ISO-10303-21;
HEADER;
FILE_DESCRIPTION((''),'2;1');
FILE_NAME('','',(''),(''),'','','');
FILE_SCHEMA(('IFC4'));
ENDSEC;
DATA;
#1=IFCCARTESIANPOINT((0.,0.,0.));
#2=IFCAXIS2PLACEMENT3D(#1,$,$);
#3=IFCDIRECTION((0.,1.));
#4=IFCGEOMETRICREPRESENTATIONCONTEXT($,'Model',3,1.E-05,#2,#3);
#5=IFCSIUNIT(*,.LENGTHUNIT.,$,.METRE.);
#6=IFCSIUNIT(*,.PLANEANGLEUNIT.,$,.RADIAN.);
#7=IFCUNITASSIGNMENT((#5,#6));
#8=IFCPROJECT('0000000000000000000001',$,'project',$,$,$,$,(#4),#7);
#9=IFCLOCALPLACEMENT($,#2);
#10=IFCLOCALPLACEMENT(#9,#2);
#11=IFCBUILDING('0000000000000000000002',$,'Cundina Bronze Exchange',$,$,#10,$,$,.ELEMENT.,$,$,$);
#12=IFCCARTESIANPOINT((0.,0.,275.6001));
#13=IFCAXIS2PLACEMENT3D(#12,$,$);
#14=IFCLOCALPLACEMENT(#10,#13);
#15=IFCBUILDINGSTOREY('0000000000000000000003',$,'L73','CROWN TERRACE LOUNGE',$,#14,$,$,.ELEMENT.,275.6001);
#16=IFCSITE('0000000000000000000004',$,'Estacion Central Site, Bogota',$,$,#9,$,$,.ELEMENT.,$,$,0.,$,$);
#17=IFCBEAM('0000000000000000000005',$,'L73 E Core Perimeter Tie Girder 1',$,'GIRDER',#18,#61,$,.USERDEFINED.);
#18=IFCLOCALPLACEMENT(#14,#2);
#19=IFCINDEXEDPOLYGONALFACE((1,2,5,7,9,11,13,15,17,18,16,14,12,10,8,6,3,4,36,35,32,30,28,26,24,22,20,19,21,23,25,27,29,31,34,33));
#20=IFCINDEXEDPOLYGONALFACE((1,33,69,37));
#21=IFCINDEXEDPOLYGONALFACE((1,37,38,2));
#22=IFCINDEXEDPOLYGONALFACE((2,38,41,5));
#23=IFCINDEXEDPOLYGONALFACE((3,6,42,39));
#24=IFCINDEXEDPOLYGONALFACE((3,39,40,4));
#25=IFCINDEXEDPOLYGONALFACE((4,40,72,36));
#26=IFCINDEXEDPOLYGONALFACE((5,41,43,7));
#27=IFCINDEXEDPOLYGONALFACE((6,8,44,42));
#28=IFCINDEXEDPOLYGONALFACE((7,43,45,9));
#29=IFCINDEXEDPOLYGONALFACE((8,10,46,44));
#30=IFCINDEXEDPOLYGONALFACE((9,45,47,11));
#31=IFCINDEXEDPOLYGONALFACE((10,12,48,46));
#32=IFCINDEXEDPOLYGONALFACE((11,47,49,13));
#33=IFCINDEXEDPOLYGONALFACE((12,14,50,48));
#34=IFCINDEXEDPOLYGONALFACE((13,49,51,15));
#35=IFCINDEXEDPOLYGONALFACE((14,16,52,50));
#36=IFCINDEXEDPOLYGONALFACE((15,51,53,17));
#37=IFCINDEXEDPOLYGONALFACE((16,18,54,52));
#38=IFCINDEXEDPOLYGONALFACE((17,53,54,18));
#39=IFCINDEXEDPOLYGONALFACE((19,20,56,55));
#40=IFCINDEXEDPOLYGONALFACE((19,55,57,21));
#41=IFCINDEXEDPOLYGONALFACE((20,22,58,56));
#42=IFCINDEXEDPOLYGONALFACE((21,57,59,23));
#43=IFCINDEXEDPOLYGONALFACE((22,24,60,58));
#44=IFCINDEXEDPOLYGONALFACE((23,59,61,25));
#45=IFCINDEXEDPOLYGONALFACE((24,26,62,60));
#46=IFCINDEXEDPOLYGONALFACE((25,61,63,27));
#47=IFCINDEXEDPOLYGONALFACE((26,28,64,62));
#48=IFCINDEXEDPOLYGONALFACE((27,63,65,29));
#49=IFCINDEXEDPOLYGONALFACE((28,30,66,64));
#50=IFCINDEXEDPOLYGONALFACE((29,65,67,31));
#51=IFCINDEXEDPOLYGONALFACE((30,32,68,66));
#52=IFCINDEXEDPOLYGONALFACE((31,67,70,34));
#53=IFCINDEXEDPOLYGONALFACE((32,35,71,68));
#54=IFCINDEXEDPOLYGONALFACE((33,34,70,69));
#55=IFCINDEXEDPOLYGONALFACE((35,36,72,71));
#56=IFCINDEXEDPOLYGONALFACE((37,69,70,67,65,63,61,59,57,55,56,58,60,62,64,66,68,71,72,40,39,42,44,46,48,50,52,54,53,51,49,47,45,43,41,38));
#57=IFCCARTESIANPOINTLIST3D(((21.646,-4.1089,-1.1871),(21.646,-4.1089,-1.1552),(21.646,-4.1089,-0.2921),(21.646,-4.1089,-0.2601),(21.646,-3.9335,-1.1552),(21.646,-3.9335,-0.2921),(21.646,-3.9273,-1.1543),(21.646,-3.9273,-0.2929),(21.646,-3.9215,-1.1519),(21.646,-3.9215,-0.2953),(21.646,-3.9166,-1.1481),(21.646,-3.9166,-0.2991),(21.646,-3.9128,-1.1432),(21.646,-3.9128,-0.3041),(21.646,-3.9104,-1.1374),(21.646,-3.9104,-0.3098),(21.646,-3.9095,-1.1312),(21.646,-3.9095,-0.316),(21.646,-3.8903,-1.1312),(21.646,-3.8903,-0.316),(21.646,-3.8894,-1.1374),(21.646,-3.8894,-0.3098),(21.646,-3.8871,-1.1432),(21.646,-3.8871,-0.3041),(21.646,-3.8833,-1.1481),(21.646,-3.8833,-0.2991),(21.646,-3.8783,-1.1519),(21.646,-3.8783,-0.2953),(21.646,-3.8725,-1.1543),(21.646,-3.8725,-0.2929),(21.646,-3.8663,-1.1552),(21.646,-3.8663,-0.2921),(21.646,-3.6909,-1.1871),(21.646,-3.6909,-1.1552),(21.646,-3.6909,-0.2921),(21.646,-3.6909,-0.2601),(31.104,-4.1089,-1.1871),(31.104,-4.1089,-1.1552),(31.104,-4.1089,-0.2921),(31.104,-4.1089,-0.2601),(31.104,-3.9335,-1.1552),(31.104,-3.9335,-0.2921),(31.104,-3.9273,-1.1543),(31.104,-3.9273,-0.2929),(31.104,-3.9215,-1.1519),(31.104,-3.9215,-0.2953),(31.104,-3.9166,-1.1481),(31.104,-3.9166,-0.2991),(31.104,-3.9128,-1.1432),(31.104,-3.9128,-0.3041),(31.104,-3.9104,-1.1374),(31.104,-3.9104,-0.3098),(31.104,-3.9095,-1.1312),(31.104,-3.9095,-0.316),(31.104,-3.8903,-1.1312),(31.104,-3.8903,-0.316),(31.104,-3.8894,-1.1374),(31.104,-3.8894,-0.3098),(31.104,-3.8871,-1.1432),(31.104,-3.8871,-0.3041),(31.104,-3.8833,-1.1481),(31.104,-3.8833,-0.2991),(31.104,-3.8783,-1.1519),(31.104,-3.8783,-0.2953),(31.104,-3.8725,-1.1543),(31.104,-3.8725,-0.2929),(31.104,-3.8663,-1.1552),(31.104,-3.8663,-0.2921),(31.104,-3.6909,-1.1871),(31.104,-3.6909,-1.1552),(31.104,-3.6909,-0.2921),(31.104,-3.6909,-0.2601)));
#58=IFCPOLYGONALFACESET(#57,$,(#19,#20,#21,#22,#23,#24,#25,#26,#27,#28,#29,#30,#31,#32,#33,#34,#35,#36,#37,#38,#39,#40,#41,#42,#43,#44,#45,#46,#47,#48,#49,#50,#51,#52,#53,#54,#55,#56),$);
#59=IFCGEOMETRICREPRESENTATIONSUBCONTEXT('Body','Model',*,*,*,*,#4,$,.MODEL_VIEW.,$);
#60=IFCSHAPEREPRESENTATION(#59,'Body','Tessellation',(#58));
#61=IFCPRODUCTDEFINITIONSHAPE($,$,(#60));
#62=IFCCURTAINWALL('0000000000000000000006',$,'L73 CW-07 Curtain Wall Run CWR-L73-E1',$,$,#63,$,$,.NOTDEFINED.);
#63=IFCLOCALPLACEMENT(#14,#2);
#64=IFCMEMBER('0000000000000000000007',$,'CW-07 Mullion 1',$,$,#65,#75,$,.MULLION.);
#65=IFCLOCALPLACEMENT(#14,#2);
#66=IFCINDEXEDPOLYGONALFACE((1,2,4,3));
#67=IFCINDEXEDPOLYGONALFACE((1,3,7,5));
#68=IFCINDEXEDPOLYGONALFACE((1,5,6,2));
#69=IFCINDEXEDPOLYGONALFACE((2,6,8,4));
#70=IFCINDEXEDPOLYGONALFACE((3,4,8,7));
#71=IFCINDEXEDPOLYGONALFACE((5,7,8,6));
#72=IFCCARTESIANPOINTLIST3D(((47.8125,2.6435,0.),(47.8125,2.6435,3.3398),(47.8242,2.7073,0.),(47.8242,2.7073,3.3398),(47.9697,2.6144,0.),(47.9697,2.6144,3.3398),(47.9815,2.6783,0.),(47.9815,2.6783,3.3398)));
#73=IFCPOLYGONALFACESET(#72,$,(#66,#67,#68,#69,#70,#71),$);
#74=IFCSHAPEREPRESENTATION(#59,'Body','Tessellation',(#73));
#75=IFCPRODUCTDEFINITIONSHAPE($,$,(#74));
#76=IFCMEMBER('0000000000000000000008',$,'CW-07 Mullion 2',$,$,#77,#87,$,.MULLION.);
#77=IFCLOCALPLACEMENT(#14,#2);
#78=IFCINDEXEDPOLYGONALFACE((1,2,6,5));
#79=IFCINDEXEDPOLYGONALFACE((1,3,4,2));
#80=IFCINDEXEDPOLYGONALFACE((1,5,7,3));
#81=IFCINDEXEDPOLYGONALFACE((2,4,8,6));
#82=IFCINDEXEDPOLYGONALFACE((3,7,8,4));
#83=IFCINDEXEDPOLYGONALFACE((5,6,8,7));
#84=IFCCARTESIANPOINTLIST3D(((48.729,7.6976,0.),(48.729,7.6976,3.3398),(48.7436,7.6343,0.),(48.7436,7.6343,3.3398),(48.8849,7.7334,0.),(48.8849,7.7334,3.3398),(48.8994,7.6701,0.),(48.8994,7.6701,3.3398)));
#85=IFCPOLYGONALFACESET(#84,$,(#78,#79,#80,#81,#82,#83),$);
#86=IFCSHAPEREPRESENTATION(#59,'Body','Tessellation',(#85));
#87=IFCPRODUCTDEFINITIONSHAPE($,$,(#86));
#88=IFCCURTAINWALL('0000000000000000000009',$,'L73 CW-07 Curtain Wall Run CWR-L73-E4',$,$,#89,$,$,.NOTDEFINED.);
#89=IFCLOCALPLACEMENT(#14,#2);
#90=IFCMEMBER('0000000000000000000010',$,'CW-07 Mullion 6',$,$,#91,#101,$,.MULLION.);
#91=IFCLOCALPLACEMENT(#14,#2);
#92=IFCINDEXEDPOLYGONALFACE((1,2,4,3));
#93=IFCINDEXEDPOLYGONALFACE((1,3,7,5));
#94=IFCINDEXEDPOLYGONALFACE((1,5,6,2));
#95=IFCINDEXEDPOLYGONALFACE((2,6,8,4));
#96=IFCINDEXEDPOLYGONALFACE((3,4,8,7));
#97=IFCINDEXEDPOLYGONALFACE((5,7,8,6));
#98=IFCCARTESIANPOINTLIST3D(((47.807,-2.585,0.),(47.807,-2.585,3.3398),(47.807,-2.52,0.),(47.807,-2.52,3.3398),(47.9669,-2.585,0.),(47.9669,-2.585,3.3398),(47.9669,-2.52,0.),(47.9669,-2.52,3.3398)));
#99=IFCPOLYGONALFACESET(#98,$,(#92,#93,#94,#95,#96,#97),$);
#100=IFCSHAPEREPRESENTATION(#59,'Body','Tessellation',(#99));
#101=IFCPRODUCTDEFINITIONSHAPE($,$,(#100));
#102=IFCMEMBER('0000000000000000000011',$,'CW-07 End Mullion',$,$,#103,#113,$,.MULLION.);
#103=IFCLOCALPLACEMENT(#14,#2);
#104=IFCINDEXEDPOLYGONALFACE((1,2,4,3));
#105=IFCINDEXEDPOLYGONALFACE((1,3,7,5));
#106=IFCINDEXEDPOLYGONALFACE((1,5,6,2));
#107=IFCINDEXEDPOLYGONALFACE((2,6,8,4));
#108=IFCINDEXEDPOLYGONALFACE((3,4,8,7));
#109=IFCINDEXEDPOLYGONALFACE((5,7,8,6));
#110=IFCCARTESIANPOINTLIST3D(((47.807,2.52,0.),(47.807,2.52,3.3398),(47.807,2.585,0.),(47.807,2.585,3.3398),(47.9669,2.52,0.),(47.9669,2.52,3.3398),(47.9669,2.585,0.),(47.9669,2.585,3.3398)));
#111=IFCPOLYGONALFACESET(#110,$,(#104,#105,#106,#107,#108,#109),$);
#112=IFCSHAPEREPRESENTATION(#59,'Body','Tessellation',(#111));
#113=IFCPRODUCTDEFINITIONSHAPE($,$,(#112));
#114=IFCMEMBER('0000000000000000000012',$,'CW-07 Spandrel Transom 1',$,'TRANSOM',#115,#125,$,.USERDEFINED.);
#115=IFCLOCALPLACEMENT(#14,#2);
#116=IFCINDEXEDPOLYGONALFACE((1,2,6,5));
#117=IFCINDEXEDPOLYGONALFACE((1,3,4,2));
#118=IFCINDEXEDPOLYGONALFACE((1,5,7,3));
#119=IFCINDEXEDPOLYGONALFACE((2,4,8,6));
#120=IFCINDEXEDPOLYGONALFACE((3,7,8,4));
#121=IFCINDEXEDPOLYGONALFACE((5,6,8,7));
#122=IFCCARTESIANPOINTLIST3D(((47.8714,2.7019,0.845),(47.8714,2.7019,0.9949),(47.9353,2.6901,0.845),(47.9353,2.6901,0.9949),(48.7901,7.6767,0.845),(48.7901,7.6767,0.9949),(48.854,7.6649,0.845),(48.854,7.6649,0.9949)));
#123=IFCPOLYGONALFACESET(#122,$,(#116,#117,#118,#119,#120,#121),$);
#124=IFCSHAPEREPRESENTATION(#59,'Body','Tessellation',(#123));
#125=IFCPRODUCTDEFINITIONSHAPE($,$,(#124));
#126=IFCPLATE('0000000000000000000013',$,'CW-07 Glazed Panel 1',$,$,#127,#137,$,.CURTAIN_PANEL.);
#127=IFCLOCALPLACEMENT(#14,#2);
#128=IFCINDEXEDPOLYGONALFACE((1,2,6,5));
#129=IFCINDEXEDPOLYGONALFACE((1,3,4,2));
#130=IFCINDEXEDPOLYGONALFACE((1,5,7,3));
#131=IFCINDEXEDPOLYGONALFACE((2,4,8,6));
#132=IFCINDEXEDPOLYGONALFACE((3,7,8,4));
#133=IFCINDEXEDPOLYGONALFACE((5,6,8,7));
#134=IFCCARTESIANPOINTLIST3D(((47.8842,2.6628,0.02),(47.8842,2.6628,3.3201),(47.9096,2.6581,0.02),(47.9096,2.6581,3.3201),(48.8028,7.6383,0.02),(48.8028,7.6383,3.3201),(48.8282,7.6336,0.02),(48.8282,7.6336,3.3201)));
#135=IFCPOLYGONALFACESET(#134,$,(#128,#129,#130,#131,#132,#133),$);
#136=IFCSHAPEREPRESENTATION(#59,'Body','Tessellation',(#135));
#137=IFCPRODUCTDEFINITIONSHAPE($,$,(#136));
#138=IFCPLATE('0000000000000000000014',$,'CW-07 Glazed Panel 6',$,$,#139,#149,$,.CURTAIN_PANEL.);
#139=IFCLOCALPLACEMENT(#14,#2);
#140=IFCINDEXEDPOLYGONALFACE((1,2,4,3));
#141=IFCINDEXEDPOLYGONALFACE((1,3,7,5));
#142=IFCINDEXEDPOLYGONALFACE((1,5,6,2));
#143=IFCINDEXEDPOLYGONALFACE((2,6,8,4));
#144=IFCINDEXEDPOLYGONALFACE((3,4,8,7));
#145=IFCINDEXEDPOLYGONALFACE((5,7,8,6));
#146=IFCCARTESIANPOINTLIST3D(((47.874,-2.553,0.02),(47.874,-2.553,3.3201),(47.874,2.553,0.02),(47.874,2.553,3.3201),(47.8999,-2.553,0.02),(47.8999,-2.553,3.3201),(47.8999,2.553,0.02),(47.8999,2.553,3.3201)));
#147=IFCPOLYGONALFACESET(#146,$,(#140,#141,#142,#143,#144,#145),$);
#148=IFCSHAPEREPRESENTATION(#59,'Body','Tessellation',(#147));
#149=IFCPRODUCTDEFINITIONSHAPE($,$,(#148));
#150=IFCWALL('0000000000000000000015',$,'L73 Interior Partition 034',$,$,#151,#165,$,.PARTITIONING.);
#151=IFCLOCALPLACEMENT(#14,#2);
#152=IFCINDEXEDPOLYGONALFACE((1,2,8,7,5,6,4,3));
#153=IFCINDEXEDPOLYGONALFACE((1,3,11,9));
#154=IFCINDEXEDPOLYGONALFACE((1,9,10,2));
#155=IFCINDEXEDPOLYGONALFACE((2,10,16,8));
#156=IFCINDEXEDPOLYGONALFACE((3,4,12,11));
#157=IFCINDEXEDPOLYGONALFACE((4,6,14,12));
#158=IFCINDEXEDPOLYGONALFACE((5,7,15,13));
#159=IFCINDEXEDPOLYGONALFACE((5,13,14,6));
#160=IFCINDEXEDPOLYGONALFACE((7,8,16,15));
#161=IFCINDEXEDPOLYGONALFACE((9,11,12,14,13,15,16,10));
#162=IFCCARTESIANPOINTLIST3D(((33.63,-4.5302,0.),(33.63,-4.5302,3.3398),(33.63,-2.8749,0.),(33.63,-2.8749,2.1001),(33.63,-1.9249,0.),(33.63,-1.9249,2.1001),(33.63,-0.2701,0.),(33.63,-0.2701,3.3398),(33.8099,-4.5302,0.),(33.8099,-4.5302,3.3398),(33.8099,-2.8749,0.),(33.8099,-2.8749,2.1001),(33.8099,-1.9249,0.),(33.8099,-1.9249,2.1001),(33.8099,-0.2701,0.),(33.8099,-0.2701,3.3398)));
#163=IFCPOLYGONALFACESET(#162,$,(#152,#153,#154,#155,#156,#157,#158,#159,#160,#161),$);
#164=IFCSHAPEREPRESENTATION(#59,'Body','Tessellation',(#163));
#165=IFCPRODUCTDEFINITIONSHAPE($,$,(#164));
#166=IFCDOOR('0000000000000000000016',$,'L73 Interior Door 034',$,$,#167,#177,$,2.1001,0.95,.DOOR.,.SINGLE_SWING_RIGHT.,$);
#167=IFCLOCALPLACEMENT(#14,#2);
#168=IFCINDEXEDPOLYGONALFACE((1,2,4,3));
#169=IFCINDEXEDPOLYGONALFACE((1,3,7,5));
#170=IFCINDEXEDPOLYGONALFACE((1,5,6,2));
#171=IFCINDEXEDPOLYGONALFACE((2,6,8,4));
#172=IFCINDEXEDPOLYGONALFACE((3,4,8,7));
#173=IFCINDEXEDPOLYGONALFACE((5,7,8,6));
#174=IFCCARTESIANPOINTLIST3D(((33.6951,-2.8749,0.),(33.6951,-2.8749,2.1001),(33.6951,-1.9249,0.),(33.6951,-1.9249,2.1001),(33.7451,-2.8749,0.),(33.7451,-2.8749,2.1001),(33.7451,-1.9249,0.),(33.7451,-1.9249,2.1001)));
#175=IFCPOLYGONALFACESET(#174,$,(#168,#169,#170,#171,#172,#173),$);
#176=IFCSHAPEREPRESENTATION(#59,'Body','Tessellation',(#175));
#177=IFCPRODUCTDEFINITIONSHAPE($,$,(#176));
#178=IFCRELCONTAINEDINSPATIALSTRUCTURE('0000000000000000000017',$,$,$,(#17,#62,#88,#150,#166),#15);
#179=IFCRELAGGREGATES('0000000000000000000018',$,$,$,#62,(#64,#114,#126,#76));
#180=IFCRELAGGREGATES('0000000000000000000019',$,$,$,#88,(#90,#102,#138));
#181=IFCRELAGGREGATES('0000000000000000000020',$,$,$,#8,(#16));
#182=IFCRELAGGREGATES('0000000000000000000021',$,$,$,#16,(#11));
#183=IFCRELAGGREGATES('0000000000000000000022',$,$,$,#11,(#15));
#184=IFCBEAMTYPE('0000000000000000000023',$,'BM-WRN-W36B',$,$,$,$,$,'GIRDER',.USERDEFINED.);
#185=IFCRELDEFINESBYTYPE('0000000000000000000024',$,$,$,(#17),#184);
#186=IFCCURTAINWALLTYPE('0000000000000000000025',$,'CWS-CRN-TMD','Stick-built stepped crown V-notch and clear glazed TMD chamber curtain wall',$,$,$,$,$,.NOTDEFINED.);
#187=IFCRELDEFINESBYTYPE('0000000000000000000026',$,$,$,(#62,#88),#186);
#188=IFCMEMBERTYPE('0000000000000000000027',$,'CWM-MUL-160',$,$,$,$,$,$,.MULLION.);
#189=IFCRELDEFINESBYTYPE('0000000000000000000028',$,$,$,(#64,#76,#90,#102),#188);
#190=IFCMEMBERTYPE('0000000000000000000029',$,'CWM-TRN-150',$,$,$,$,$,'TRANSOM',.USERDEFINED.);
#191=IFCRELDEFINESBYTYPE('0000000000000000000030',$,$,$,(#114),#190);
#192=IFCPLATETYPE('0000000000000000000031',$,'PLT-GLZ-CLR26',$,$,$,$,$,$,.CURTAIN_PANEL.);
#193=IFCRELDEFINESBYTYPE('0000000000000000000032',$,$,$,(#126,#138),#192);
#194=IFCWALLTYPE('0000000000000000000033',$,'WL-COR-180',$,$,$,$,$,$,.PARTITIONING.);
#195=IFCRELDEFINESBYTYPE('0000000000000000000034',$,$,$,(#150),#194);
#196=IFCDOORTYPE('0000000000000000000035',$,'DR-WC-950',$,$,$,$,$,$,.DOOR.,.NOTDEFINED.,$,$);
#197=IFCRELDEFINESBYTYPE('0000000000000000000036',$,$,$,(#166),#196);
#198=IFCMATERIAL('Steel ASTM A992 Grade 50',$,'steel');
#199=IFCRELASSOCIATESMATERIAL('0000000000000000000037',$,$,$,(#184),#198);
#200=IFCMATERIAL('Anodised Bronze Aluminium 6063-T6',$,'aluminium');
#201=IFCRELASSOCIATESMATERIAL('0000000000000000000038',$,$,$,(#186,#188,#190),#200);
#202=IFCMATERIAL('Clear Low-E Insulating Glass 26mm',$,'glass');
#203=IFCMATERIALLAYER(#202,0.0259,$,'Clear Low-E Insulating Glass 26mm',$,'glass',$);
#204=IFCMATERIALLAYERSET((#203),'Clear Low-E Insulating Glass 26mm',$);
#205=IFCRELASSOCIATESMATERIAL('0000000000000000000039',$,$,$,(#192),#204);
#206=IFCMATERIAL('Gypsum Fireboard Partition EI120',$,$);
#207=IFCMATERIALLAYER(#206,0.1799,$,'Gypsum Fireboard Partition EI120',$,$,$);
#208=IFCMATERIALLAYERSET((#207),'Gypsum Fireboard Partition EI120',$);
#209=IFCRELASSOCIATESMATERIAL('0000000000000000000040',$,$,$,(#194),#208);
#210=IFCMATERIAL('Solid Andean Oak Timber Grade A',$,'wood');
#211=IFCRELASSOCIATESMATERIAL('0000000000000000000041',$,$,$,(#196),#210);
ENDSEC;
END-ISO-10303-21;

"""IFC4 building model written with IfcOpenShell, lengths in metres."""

from ifc_helpers import new_model, si_unit, direction, frame, frame_2d, origin, origin_2d, place, context, subcontext, project, spatial, rectangle, i_section, extrude, material, layer, layer_set, material_profile, profile_set, type_object, element, fill, aggregate, save


model = new_model("IFC4")

# Units and contexts
model_context = context("Model", 3, precision=1e-05, world=origin(), true_north=direction((0.0, 1.0)))
body_context = subcontext(model_context, "Body", "Model", "MODEL_VIEW")
ifc_project = project(units=[si_unit("LENGTHUNIT", "METRE"), si_unit("PLANEANGLEUNIT", "RADIAN")], contexts=[model_context])

# Site, building, storey
site_placement = place(None, origin())
site = spatial("IfcSite", under=ifc_project, at=site_placement, Name="Estacion Central Site, Bogota", CompositionType="ELEMENT", RefElevation=0.0)
building_placement = place(site_placement, origin())
building = spatial("IfcBuilding", under=site, at=building_placement, Name="Cundina Bronze Exchange", CompositionType="ELEMENT")
storey_placement = place(building_placement, frame((0.0, 0.0, 275.6001)))
storey = spatial("IfcBuildingStorey", under=building, at=storey_placement, Name="L73", Description="CROWN TERRACE LOUNGE", CompositionType="ELEMENT", Elevation=275.6001)

# Shared definitions
ifc_material_1 = material(Name="Steel ASTM A992 Grade 50", Category="steel")

# Beam
ifc_material_profile_1 = material_profile(ifc_material_1, i_section(OverallWidth=0.418, OverallDepth=0.927, WebThickness=0.0193, FlangeThickness=0.032, FilletRadius=0.0239, at=origin_2d()), Name="W36X231", Category="steel")
ifc_profile_set_1 = profile_set([ifc_material_profile_1], Name="Steel ASTM A992 Grade 50")
beam_type_1 = type_object("IfcBeamType", Name="BM-WRN-W36B", ElementType="GIRDER", PredefinedType="USERDEFINED", material=ifc_profile_set_1)
beam_1_placement = place(storey_placement, frame((31.104, -3.8999, -0.7236), z_axis=(-1.0, 0.0, 0.0), x_axis=(0.0, -1.0, 0.0)))
element("IfcBeam", 1, at=beam_1_placement, inside=storey, type_object=beam_type_1, Name="L73 E Core Perimeter Tie Girder 1", ObjectType="GIRDER", PredefinedType="USERDEFINED", context=body_context, shape_type="SweptSolid", body=[
    extrude(i_section(OverallWidth=0.418, OverallDepth=0.927, WebThickness=0.0193, FlangeThickness=0.032, FilletRadius=0.0239, at=origin_2d()), origin(), (0.0, 0.0, 1.0), 9.458),
])

# Curtain walls, members
ifc_material_2 = material(Name="Anodised Bronze Aluminium 6063-T6", Category="aluminium")
curtain_wall_type = type_object("IfcCurtainWallType", Name="CWS-CRN-TMD", Description="Stick-built stepped crown V-notch and clear glazed TMD chamber curtain wall", PredefinedType="NOTDEFINED", material=ifc_material_2)
curtain_wall_1_placement = place(storey_placement, origin())
curtain_wall_1 = element("IfcCurtainWall", 2, at=curtain_wall_1_placement, inside=storey, type_object=curtain_wall_type, Name="L73 CW-07 Curtain Wall Run CWR-L73-E1", PredefinedType="NOTDEFINED")
ifc_material_profile_2 = material_profile(ifc_material_2, rectangle(XDim=0.0649, YDim=0.1599, at=origin_2d()), Name="AL65X160", Category="aluminium")
ifc_profile_set_2 = profile_set([ifc_material_profile_2], Name="Anodised Bronze Aluminium 6063-T6")
member_type_1 = type_object("IfcMemberType", Name="CWM-MUL-160", PredefinedType="MULLION", material=ifc_profile_set_2)
member_1_placement = place(storey_placement, frame((47.897, 2.6609, 0.0), z_axis=(0.0, 0.0, 1.0), x_axis=(0.181549, 0.983382, 0.0)))
member_1 = element("IfcMember", 3, at=member_1_placement, type_object=member_type_1, Name="CW-07 Mullion 1", PredefinedType="MULLION", context=body_context, shape_type="SweptSolid", body=[
    extrude(rectangle(XDim=0.0649, YDim=0.1599, at=origin_2d()), origin(), (0.0, 0.0, 1.0), 3.3398),
])
member_2_placement = place(storey_placement, frame((48.8142, 7.6838, 0.0), z_axis=(0.0, 0.0, 1.0), x_axis=(-0.223931, 0.974605, 0.0)))
member_2 = element("IfcMember", 4, at=member_2_placement, type_object=member_type_1, Name="CW-07 Mullion 2", PredefinedType="MULLION", context=body_context, shape_type="SweptSolid", body=[
    extrude(rectangle(XDim=0.0649, YDim=0.1599, at=origin_2d()), origin(), (0.0, 0.0, 1.0), 3.3398),
])
curtain_wall_2_placement = place(storey_placement, origin())
curtain_wall_2 = element("IfcCurtainWall", 5, at=curtain_wall_2_placement, inside=storey, type_object=curtain_wall_type, Name="L73 CW-07 Curtain Wall Run CWR-L73-E4", PredefinedType="NOTDEFINED")
member_3_placement = place(storey_placement, frame((47.887, -2.5525, 0.0), z_axis=(0.0, 0.0, 1.0), x_axis=(0.0, 1.0, 0.0)))
member_3 = element("IfcMember", 6, at=member_3_placement, type_object=member_type_1, Name="CW-07 Mullion 6", PredefinedType="MULLION", context=body_context, shape_type="SweptSolid", body=[
    extrude(rectangle(XDim=0.0649, YDim=0.1599, at=origin_2d()), origin(), (0.0, 0.0, 1.0), 3.3398),
])
member_4_placement = place(storey_placement, frame((47.887, 2.5525, 0.0), z_axis=(0.0, 0.0, 1.0), x_axis=(0.0, 1.0, 0.0)))
member_4 = element("IfcMember", 7, at=member_4_placement, type_object=member_type_1, Name="CW-07 End Mullion", PredefinedType="MULLION", context=body_context, shape_type="SweptSolid", body=[
    extrude(rectangle(XDim=0.0649, YDim=0.1599, at=origin_2d()), origin(), (0.0, 0.0, 1.0), 3.3398),
])

# Member
ifc_material_profile_3 = material_profile(ifc_material_2, rectangle(XDim=0.0649, YDim=0.1499, at=origin_2d()), Name="AL65X150", Category="aluminium")
ifc_profile_set_3 = profile_set([ifc_material_profile_3], Name="Anodised Bronze Aluminium 6063-T6")
member_type_2 = type_object("IfcMemberType", Name="CWM-TRN-150", ElementType="TRANSOM", PredefinedType="USERDEFINED", material=ifc_profile_set_3)
member_5_placement = place(storey_placement, frame((47.9033, 2.696, 0.9199), z_axis=(0.181607, 0.983371, 0.0), x_axis=(-0.983371, 0.181607, 0.0)))
member_5 = element("IfcMember", 8, at=member_5_placement, type_object=member_type_2, Name="CW-07 Spandrel Transom 1", ObjectType="TRANSOM", PredefinedType="USERDEFINED", context=body_context, shape_type="SweptSolid", body=[
    extrude(rectangle(XDim=0.0649, YDim=0.1499, at=origin_2d()), origin(), (0.0, 0.0, 1.0), 5.0588),
])

# Plates
ifc_material_3 = material(Name="Clear Low-E Insulating Glass 26mm", Category="glass")
ifc_layer_1 = layer(ifc_material_3, 0.0259, Name="Clear Low-E Insulating Glass 26mm", Category="glass")
ifc_layer_set_1 = layer_set([ifc_layer_1], Name="Clear Low-E Insulating Glass 26mm")
plate_type = type_object("IfcPlateType", Name="PLT-GLZ-CLR26", PredefinedType="CURTAIN_PANEL", material=ifc_layer_set_1)
plate_1_placement = place(storey_placement, frame((48.3562, 5.1482, 0.02), z_axis=(0.0, 0.0, 1.0), x_axis=(0.181566, 0.983379, 0.0)))
plate_1 = element("IfcPlate", 9, at=plate_1_placement, type_object=plate_type, Name="CW-07 Glazed Panel 1", PredefinedType="CURTAIN_PANEL", context=body_context, shape_type="SweptSolid", body=[
    extrude(rectangle(XDim=5.0596, YDim=0.0259, at=origin_2d()), origin(), (0.0, 0.0, 1.0), 3.3),
])
aggregate(curtain_wall_1, [member_1, member_5, plate_1, member_2])
plate_2_placement = place(storey_placement, frame((47.887, 0.0, 0.02), z_axis=(0.0, 0.0, 1.0), x_axis=(0.0, 1.0, 0.0)))
plate_2 = element("IfcPlate", 10, at=plate_2_placement, type_object=plate_type, Name="CW-07 Glazed Panel 6", PredefinedType="CURTAIN_PANEL", context=body_context, shape_type="SweptSolid", body=[
    extrude(rectangle(XDim=5.106, YDim=0.0259, at=origin_2d()), origin(), (0.0, 0.0, 1.0), 3.3),
])
aggregate(curtain_wall_2, [member_3, member_4, plate_2])

# Wall, opening, door
ifc_material_4 = material(Name="Gypsum Fireboard Partition EI120")
ifc_layer_2 = layer(ifc_material_4, 0.1799, Name="Gypsum Fireboard Partition EI120")
ifc_layer_set_2 = layer_set([ifc_layer_2], Name="Gypsum Fireboard Partition EI120")
wall_type_1 = type_object("IfcWallType", Name="WL-COR-180", PredefinedType="PARTITIONING", material=ifc_layer_set_2)
wall_1_placement = place(storey_placement, frame((33.72, -4.53, 0.0), z_axis=(0.0, 0.0, 1.0), x_axis=(0.0, 1.0, 0.0)))
wall_1 = element("IfcWall", 11, at=wall_1_placement, inside=storey, type_object=wall_type_1, Name="L73 Interior Partition 034", PredefinedType="PARTITIONING", context=body_context, shape_type="SweptSolid", body=[
    extrude(rectangle(XDim=4.26, YDim=0.1799, at=frame_2d((2.1299, 0.0))), origin(), (0.0, 0.0, 1.0), 3.3398),
])
opening_placement = place(wall_1_placement, frame((1.655, 0.0, 0.0)))
opening = element("IfcOpeningElement", 12, at=opening_placement, cuts=wall_1, PredefinedType="OPENING", context=body_context, shape_type="SweptSolid", body=[
    extrude(rectangle(XDim=0.95, YDim=2.1001, at=frame_2d((0.4751, 1.05))), frame((0.0, 0.0999, 0.0), z_axis=(0.0, -1.0, 0.0), x_axis=(1.0, 0.0, 0.0)), (0.0, 0.0, 1.0), 0.2),
])
ifc_material_5 = material(Name="Solid Andean Oak Timber Grade A", Category="wood")
door_type = type_object("IfcDoorType", Name="DR-WC-950", OperationType="NOTDEFINED", PredefinedType="DOOR", material=ifc_material_5)
door_placement = place(opening_placement, origin())
door = element("IfcDoor", 13, at=door_placement, inside=storey, type_object=door_type, Name="L73 Interior Door 034", OperationType="SINGLE_SWING_RIGHT", OverallHeight=2.1001, OverallWidth=0.95, PredefinedType="DOOR", context=body_context, shape_type="SweptSolid", body=[
    extrude(rectangle(XDim=0.95, YDim=2.1001, at=frame_2d((0.4751, 1.05))), frame((0.0, 0.0249, 0.0), z_axis=(0.0, -1.0, 0.0), x_axis=(1.0, 0.0, 0.0)), (0.0, 0.0, 1.0), 0.05),
])
fill(opening, door)

save(model, "model.ifc")
